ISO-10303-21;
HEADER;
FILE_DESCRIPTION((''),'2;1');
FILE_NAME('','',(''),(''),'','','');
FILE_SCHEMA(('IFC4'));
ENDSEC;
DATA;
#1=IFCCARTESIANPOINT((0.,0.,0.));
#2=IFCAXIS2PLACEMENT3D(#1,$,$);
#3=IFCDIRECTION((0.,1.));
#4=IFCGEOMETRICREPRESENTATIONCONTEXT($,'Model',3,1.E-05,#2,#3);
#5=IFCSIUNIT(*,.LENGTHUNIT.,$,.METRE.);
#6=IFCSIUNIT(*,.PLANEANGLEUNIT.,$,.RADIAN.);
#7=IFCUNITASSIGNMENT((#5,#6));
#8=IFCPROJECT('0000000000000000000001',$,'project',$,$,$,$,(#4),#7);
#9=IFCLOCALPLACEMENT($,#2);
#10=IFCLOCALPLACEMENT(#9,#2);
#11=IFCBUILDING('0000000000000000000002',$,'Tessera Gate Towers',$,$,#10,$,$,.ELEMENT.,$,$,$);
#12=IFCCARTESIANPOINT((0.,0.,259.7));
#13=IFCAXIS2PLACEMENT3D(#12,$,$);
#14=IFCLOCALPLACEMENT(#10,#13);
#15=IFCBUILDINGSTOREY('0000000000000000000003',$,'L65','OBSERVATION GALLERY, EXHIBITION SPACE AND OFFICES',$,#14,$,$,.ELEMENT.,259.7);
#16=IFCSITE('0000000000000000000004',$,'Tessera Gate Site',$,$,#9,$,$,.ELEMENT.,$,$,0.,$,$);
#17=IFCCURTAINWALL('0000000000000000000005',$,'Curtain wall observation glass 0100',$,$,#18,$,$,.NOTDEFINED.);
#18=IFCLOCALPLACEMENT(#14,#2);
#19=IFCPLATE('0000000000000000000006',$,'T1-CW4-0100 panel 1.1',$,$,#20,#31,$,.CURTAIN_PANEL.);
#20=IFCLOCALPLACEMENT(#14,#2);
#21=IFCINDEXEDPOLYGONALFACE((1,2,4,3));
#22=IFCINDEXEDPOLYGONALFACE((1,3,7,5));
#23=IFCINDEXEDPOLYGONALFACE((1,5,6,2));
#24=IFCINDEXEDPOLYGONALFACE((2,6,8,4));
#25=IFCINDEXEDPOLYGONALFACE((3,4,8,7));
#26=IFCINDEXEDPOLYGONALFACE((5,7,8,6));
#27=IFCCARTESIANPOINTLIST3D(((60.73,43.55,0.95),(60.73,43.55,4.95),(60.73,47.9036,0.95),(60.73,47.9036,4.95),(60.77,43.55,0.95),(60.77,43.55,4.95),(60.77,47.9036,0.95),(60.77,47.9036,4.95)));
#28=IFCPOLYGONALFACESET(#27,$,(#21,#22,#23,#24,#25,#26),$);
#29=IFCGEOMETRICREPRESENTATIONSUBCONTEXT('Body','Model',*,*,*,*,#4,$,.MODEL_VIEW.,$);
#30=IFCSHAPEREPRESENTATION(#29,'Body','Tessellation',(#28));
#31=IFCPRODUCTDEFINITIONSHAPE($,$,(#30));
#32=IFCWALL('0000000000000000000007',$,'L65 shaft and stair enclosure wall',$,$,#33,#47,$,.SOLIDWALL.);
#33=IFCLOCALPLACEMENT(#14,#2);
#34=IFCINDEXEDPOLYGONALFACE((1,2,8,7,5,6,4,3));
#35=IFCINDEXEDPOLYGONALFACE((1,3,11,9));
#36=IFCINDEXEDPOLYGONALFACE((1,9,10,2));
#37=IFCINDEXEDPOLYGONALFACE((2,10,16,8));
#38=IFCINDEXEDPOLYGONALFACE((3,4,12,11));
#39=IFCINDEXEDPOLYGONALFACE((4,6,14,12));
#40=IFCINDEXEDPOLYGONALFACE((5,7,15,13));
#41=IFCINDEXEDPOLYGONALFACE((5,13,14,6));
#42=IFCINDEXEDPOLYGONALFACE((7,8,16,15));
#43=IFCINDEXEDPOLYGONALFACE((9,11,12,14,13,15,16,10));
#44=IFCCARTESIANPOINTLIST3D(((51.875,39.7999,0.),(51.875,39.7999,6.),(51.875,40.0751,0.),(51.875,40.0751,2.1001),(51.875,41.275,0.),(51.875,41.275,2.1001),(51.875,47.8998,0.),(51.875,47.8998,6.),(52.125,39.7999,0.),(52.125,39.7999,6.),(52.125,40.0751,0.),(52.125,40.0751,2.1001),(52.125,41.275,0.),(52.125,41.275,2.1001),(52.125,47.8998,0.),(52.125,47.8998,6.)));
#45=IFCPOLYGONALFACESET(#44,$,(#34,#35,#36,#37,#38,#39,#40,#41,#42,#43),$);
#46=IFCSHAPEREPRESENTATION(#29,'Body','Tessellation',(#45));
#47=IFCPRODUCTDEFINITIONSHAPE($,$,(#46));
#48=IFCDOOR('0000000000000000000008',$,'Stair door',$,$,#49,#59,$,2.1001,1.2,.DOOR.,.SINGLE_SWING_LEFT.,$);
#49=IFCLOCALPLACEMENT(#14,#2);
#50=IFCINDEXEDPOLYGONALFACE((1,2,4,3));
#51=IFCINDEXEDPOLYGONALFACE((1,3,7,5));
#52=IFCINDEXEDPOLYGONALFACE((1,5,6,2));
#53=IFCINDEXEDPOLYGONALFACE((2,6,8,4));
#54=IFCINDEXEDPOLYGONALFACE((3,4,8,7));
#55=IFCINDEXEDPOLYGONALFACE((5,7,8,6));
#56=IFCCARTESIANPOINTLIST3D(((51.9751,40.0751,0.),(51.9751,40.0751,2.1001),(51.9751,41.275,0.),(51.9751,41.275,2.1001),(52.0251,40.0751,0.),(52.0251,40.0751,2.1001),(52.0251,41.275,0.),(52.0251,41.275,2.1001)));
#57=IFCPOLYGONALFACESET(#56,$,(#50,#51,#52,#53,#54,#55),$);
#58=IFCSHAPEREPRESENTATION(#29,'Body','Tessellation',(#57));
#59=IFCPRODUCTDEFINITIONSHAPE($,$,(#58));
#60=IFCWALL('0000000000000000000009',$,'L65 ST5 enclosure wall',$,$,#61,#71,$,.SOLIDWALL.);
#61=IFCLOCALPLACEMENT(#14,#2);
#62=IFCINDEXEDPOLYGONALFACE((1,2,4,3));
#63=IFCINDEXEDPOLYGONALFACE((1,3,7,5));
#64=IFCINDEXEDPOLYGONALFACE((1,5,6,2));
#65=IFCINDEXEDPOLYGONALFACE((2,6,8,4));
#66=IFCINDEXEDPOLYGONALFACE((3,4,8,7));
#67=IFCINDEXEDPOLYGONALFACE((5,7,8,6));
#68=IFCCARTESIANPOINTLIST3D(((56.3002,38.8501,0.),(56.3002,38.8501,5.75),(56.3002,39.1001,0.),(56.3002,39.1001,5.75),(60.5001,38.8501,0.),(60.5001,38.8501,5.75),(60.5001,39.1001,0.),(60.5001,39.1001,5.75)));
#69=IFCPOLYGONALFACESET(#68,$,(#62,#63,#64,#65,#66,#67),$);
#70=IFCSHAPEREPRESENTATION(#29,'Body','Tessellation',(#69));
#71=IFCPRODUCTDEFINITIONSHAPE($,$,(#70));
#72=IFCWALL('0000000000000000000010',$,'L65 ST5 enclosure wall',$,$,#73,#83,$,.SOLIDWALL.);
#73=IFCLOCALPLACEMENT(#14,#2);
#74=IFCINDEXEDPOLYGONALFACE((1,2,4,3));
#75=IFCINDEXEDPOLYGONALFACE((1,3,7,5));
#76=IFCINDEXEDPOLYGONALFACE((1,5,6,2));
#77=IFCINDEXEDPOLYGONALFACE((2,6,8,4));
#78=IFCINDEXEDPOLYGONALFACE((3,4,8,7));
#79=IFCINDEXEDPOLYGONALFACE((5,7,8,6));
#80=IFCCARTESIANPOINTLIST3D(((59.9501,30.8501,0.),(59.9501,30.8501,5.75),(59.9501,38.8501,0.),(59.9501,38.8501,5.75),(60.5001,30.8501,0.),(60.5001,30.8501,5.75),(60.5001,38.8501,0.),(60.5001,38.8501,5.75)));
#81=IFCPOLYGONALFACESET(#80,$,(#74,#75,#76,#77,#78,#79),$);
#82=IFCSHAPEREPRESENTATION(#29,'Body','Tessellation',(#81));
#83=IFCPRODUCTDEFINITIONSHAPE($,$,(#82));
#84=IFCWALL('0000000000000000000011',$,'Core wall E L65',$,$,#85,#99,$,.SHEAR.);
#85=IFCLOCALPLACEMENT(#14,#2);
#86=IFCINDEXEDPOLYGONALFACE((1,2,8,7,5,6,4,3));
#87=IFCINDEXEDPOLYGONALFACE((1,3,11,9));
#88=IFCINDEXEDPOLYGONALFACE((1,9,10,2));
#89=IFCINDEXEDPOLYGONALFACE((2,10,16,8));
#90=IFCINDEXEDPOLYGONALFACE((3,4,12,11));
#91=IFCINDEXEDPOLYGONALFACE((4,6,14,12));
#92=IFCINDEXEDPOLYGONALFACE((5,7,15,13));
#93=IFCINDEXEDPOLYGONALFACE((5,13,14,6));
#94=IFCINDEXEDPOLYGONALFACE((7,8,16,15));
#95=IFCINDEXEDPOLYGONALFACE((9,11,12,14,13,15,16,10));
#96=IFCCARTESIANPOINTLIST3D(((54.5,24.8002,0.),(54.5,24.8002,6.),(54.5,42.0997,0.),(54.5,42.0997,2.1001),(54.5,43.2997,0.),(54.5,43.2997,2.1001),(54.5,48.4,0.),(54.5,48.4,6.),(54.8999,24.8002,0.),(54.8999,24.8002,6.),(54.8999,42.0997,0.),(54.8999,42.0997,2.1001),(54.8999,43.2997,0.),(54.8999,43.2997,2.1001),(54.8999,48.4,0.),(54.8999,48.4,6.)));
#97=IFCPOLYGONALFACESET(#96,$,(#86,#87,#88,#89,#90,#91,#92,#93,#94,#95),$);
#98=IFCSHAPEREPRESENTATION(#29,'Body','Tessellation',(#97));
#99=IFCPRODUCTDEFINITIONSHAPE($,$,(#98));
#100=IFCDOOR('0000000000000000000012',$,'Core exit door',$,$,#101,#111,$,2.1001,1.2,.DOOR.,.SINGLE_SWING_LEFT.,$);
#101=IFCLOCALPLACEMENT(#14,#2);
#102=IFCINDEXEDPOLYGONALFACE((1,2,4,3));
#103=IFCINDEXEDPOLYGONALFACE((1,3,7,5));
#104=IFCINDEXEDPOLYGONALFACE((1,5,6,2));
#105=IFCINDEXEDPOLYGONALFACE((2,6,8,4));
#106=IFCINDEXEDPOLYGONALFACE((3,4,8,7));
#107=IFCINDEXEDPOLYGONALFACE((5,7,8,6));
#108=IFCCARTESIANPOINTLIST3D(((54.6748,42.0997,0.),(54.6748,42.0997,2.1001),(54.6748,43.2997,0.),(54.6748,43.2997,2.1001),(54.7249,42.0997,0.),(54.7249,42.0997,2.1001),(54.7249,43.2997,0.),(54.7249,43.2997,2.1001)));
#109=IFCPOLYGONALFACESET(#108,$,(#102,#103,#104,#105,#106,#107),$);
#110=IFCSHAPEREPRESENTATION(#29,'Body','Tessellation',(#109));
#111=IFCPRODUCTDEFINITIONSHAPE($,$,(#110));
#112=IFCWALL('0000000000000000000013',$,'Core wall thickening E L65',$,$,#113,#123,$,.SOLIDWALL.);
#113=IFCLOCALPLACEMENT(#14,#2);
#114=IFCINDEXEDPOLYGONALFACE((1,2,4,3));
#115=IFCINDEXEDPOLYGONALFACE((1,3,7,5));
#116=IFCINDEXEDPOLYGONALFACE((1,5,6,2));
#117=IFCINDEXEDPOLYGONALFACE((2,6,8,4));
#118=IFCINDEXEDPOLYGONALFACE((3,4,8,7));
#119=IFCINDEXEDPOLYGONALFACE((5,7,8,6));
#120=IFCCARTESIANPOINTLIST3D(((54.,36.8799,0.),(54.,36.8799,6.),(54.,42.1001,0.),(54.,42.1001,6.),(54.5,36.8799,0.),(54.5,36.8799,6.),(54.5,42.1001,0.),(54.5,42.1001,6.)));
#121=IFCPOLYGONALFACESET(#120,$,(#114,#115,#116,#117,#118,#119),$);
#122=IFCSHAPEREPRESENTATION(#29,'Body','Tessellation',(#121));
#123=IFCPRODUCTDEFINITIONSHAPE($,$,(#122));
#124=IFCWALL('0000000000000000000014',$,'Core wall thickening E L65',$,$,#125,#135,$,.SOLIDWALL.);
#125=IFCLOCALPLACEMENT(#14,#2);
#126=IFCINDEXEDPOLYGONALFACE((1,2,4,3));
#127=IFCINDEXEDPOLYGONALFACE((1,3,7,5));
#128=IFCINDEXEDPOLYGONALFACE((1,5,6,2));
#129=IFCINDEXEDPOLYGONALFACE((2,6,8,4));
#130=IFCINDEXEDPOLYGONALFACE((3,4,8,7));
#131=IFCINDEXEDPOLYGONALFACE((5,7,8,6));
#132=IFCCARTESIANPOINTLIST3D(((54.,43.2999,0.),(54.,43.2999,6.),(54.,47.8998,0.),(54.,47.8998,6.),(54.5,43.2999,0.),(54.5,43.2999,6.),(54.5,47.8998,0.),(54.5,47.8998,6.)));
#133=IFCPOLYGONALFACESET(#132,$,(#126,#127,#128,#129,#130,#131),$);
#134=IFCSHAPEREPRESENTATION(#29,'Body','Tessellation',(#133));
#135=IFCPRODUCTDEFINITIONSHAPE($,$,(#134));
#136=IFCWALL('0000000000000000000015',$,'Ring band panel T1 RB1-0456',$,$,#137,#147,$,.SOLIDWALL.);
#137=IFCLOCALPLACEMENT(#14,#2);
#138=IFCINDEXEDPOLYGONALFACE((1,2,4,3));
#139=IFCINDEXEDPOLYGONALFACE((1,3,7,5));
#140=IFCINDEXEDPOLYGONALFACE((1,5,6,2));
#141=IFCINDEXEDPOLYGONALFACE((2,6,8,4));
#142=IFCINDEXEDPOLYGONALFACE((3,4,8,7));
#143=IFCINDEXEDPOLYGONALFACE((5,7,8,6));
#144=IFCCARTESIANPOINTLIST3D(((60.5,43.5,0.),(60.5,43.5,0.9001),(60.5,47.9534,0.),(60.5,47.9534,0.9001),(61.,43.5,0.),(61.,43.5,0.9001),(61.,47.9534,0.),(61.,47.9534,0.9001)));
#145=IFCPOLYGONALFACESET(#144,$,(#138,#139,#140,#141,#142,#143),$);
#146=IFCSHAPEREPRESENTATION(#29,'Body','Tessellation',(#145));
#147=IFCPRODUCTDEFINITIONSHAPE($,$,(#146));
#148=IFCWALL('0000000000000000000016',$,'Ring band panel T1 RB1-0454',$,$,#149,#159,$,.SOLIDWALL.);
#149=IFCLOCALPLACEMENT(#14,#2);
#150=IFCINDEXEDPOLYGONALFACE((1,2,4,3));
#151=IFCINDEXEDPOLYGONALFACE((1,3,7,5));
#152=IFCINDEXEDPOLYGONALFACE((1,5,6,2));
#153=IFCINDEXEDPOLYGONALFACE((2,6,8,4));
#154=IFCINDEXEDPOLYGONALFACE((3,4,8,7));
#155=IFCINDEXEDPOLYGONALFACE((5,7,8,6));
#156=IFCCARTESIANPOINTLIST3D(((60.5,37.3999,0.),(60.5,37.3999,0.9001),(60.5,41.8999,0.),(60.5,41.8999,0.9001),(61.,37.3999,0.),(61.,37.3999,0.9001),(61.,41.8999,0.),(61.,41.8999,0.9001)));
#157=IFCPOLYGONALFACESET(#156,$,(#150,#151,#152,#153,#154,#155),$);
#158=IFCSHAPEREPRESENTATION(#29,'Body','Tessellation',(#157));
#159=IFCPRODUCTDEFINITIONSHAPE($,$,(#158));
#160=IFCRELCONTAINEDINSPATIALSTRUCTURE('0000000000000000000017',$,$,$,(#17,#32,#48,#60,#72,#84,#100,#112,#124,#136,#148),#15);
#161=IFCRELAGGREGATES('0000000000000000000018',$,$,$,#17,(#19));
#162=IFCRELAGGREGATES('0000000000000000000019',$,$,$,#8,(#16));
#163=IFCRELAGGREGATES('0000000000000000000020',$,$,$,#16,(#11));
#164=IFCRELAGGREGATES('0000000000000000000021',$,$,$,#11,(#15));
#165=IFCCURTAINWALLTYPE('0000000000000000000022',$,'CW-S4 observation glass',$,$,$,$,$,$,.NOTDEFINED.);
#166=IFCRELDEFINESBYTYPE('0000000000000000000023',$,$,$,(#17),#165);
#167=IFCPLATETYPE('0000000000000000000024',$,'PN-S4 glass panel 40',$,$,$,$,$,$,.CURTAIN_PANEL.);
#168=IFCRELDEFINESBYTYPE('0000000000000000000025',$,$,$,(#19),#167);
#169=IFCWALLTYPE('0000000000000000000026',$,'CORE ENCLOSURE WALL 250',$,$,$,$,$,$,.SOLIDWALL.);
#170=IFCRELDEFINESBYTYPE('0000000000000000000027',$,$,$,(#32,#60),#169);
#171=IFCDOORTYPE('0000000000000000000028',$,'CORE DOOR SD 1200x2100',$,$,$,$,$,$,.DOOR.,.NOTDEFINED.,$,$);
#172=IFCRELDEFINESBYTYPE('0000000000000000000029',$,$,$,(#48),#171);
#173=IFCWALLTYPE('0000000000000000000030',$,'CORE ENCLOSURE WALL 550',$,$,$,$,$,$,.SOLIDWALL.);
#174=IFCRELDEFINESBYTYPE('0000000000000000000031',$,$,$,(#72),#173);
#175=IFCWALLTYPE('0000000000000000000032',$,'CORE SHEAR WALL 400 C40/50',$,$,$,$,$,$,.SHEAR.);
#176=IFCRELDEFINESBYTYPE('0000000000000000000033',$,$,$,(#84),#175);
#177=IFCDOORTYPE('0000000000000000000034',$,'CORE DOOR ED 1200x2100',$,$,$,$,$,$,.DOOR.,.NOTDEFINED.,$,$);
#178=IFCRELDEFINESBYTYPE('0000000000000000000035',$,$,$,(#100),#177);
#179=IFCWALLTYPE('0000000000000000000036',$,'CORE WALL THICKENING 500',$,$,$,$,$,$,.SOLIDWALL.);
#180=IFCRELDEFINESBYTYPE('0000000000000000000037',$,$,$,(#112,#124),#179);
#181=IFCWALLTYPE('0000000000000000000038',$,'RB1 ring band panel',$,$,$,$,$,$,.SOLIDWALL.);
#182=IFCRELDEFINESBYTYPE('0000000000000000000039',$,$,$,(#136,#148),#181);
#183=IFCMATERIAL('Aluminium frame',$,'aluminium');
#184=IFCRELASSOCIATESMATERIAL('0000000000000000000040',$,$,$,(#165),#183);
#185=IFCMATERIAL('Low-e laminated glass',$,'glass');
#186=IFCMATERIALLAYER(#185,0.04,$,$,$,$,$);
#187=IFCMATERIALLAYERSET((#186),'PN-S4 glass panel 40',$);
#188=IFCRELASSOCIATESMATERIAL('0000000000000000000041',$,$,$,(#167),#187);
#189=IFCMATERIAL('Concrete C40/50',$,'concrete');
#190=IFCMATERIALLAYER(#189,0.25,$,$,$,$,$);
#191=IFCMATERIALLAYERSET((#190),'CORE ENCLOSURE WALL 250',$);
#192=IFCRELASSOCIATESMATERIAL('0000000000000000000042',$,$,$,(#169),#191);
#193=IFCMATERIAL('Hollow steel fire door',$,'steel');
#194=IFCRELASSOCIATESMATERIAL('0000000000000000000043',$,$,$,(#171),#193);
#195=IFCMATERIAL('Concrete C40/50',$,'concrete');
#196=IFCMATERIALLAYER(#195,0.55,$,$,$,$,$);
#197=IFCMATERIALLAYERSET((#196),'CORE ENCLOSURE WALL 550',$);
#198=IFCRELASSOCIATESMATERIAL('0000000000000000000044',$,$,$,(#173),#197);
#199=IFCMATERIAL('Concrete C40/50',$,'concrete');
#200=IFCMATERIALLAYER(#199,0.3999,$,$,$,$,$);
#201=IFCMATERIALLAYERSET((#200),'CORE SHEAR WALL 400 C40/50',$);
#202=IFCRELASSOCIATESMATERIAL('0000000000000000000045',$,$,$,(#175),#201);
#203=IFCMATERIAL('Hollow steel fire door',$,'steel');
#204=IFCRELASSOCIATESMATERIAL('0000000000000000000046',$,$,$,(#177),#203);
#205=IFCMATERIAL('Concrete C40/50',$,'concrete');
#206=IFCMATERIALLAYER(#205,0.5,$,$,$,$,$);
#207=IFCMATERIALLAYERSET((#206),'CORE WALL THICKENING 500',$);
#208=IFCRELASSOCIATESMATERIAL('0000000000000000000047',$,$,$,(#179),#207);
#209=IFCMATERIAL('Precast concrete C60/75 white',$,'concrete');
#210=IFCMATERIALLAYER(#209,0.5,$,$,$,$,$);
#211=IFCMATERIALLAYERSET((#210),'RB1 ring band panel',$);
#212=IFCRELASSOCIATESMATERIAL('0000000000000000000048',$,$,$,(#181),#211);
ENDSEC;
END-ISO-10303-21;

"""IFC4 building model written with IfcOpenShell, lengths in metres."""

from ifc_helpers import new_model, si_unit, direction, frame, frame_2d, origin, origin_2d, place, context, subcontext, project, spatial, polyline, rectangle, outline, extrude, source, transform, mapped, material, layer, layer_set, type_object, element, fill, aggregate, save


model = new_model("IFC4")

# Units and contexts
model_context = context("Model", 3, precision=1e-05, world=origin(), true_north=direction((0.0, 1.0)))
body_context = subcontext(model_context, "Body", "Model", "MODEL_VIEW")
ifc_project = project(units=[si_unit("LENGTHUNIT", "METRE"), si_unit("PLANEANGLEUNIT", "RADIAN")], contexts=[model_context])

# Site, building, storey
site_placement = place(None, origin())
site = spatial("IfcSite", under=ifc_project, at=site_placement, Name="Tessera Gate Site", CompositionType="ELEMENT", RefElevation=0.0)
building_placement = place(site_placement, origin())
building = spatial("IfcBuilding", under=site, at=building_placement, Name="Tessera Gate Towers", CompositionType="ELEMENT")
storey_placement = place(building_placement, frame((0.0, 0.0, 259.7)))
storey = spatial("IfcBuildingStorey", under=building, at=storey_placement, Name="L65", Description="OBSERVATION GALLERY, EXHIBITION SPACE AND OFFICES", CompositionType="ELEMENT", Elevation=259.7)

# Curtain wall
ifc_material_1 = material(Name="Aluminium frame", Category="aluminium")
curtain_wall_type = type_object("IfcCurtainWallType", Name="CW-S4 observation glass", PredefinedType="NOTDEFINED", material=ifc_material_1)
curtain_wall_1_placement = place(storey_placement, origin())
curtain_wall_1 = element("IfcCurtainWall", 1, at=curtain_wall_1_placement, inside=storey, type_object=curtain_wall_type, Name="Curtain wall observation glass 0100", PredefinedType="NOTDEFINED")

# Plate
ifc_material_2 = material(Name="Low-e laminated glass", Category="glass")
ifc_layer_1 = layer(ifc_material_2, 0.04)
ifc_layer_set_1 = layer_set([ifc_layer_1], Name="PN-S4 glass panel 40")
plate_type = type_object("IfcPlateType", Name="PN-S4 glass panel 40", PredefinedType="CURTAIN_PANEL", material=ifc_layer_set_1)
plate_1_placement = place(storey_placement, frame((60.75, 45.7268, 0.95), z_axis=(0.0, 0.0, 1.0), x_axis=(0.0, 1.0, 0.0)))
plate_1 = element("IfcPlate", 2, at=plate_1_placement, type_object=plate_type, Name="T1-CW4-0100 panel 1.1", PredefinedType="CURTAIN_PANEL", context=body_context, shape_type="SweptSolid", body=[
    extrude(rectangle(XDim=4.3535, YDim=0.04, at=origin_2d()), origin(), (0.0, 0.0, 1.0), 4.0),
])
aggregate(curtain_wall_1, [plate_1])

# Wall, opening, door
ifc_material_3 = material(Name="Concrete C40/50", Category="concrete")
ifc_layer_2 = layer(ifc_material_3, 0.25)
ifc_layer_set_2 = layer_set([ifc_layer_2], Name="CORE ENCLOSURE WALL 250")
wall_type_1 = type_object("IfcWallType", Name="CORE ENCLOSURE WALL 250", PredefinedType="SOLIDWALL", material=ifc_layer_set_2)
wall_1_placement = place(storey_placement, frame((52.0, 39.8, 0.0), z_axis=(0.0, 0.0, 1.0), x_axis=(0.0, 1.0, 0.0)))
wall_1 = element("IfcWall", 3, at=wall_1_placement, inside=storey, type_object=wall_type_1, Name="L65 shaft and stair enclosure wall", PredefinedType="SOLIDWALL", context=body_context, shape_type="SweptSolid", body=[
    extrude(rectangle(XDim=8.0999, YDim=0.25, at=frame_2d((4.0498, 0.0))), origin(), (0.0, 0.0, 1.0), 6.0),
])
shared_shape_1 = source(origin(), body_context, "Body", "SweptSolid", [
    extrude(rectangle(XDim=1.2, YDim=2.1001, at=frame_2d((0.6001, 1.05))), frame((0.0, 0.135, 0.0), z_axis=(0.0, -1.0, 0.0), x_axis=(1.0, 0.0, 0.0)), (0.0, 0.0, 1.0), 0.27),
])
opening_1_placement = place(wall_1_placement, frame((0.2749, 0.0, 0.0)))
opening_1 = element("IfcOpeningElement", 4, at=opening_1_placement, cuts=wall_1, PredefinedType="OPENING", context=body_context, shape_type="MappedRepresentation", body=[
    mapped(shared_shape_1, transform((0.0, 0.0, 0.0), scale=1.0)),
])
ifc_material_4 = material(Name="Hollow steel fire door", Category="steel")
door_type_1 = type_object("IfcDoorType", Name="CORE DOOR SD 1200x2100", OperationType="NOTDEFINED", PredefinedType="DOOR", material=ifc_material_4)
shared_shape_2 = source(origin(), body_context, "Body", "SweptSolid", [
    extrude(rectangle(XDim=1.2, YDim=2.1001, at=frame_2d((0.6001, 1.05))), frame((0.0, 0.0249, 0.0), z_axis=(0.0, -1.0, 0.0), x_axis=(1.0, 0.0, 0.0)), (0.0, 0.0, 1.0), 0.05),
])
door_1_placement = place(opening_1_placement, origin())
door_1 = element("IfcDoor", 5, at=door_1_placement, inside=storey, type_object=door_type_1, Name="Stair door", OperationType="SINGLE_SWING_LEFT", OverallHeight=2.1001, OverallWidth=1.2, PredefinedType="DOOR", context=body_context, shape_type="MappedRepresentation", body=[
    mapped(shared_shape_2, transform((0.0, 0.0, 0.0), scale=1.0)),
])
fill(opening_1, door_1)

# Walls
wall_2_placement = place(storey_placement, frame((56.3, 38.9751, 0.0), z_axis=(0.0, 0.0, 1.0), x_axis=(1.0, 0.0, 0.0)))
element("IfcWall", 6, at=wall_2_placement, inside=storey, type_object=wall_type_1, Name="L65 ST5 enclosure wall", PredefinedType="SOLIDWALL", context=body_context, shape_type="SweptSolid", body=[
    extrude(rectangle(XDim=4.2, YDim=0.25, at=frame_2d((2.1001, 0.0))), origin(), (0.0, 0.0, 1.0), 5.75),
])
ifc_material_5 = material(Name="Concrete C40/50", Category="concrete")
ifc_layer_3 = layer(ifc_material_5, 0.55)
ifc_layer_set_3 = layer_set([ifc_layer_3], Name="CORE ENCLOSURE WALL 550")
wall_type_2 = type_object("IfcWallType", Name="CORE ENCLOSURE WALL 550", PredefinedType="SOLIDWALL", material=ifc_layer_set_3)
wall_3_placement = place(storey_placement, frame((60.2251, 38.8501, 0.0), z_axis=(0.0, 0.0, 1.0), x_axis=(0.0, -1.0, 0.0)))
element("IfcWall", 7, at=wall_3_placement, inside=storey, type_object=wall_type_2, Name="L65 ST5 enclosure wall", PredefinedType="SOLIDWALL", context=body_context, shape_type="SweptSolid", body=[
    extrude(rectangle(XDim=8.0, YDim=0.55, at=frame_2d((4.0, 0.0))), origin(), (0.0, 0.0, 1.0), 5.75),
])

# Wall, opening, door
ifc_material_6 = material(Name="Concrete C40/50", Category="concrete")
ifc_layer_4 = layer(ifc_material_6, 0.3999)
ifc_layer_set_4 = layer_set([ifc_layer_4], Name="CORE SHEAR WALL 400 C40/50")
wall_type_3 = type_object("IfcWallType", Name="CORE SHEAR WALL 400 C40/50", PredefinedType="SHEAR", material=ifc_layer_set_4)
wall_4_placement = place(storey_placement, frame((54.7, 48.3999, 0.0), z_axis=(0.0, 0.0, 1.0), x_axis=(0.0, -1.0, 0.0)))
wall_4 = element("IfcWall", 8, at=wall_4_placement, inside=storey, type_object=wall_type_3, Name="Core wall E L65", PredefinedType="SHEAR", context=body_context, shape_type="SweptSolid", body=[
    extrude(rectangle(XDim=23.5999, YDim=0.3999, at=frame_2d((11.7998, 0.0))), origin(), (0.0, 0.0, 1.0), 6.0),
])
shared_shape_3 = source(origin(), body_context, "Body", "SweptSolid", [
    extrude(rectangle(XDim=1.2, YDim=2.1001, at=frame_2d((0.6001, 1.05))), frame((0.0, 0.21, 0.0), z_axis=(0.0, -1.0, 0.0), x_axis=(1.0, 0.0, 0.0)), (0.0, 0.0, 1.0), 0.4199),
])
opening_2_placement = place(wall_4_placement, frame((5.1001, 0.0, 0.0)))
opening_2 = element("IfcOpeningElement", 9, at=opening_2_placement, cuts=wall_4, PredefinedType="OPENING", context=body_context, shape_type="MappedRepresentation", body=[
    mapped(shared_shape_3, transform((0.0, 0.0, 0.0), scale=1.0)),
])
ifc_material_7 = material(Name="Hollow steel fire door", Category="steel")
door_type_2 = type_object("IfcDoorType", Name="CORE DOOR ED 1200x2100", OperationType="NOTDEFINED", PredefinedType="DOOR", material=ifc_material_7)
door_2_placement = place(opening_2_placement, origin())
door_2 = element("IfcDoor", 10, at=door_2_placement, inside=storey, type_object=door_type_2, Name="Core exit door", OperationType="SINGLE_SWING_LEFT", OverallHeight=2.1001, OverallWidth=1.2, PredefinedType="DOOR", context=body_context, shape_type="MappedRepresentation", body=[
    mapped(shared_shape_2, transform((0.0, 0.0, 0.0), scale=1.0)),
])
fill(opening_2, door_2)

# Walls
ifc_material_8 = material(Name="Concrete C40/50", Category="concrete")
ifc_layer_5 = layer(ifc_material_8, 0.5)
ifc_layer_set_5 = layer_set([ifc_layer_5], Name="CORE WALL THICKENING 500")
wall_type_4 = type_object("IfcWallType", Name="CORE WALL THICKENING 500", PredefinedType="SOLIDWALL", material=ifc_layer_set_5)
wall_5_placement = place(storey_placement, frame((54.25, 36.8799, 0.0), z_axis=(0.0, 0.0, 1.0), x_axis=(0.0, 1.0, 0.0)))
element("IfcWall", 11, at=wall_5_placement, inside=storey, type_object=wall_type_4, Name="Core wall thickening E L65", PredefinedType="SOLIDWALL", context=body_context, shape_type="SweptSolid", body=[
    extrude(rectangle(XDim=5.2202, YDim=0.5, at=frame_2d((2.6101, 0.0))), origin(), (0.0, 0.0, 1.0), 6.0),
])
wall_6_placement = place(storey_placement, frame((54.25, 43.3, 0.0), z_axis=(0.0, 0.0, 1.0), x_axis=(0.0, 1.0, 0.0)))
element("IfcWall", 12, at=wall_6_placement, inside=storey, type_object=wall_type_4, Name="Core wall thickening E L65", PredefinedType="SOLIDWALL", context=body_context, shape_type="SweptSolid", body=[
    extrude(rectangle(XDim=4.5999, YDim=0.5, at=frame_2d((2.2998, 0.0))), origin(), (0.0, 0.0, 1.0), 6.0),
])
ifc_material_9 = material(Name="Precast concrete C60/75 white", Category="concrete")
ifc_layer_6 = layer(ifc_material_9, 0.5)
ifc_layer_set_6 = layer_set([ifc_layer_6], Name="RB1 ring band panel")
wall_type_5 = type_object("IfcWallType", Name="RB1 ring band panel", PredefinedType="SOLIDWALL", material=ifc_layer_set_6)
shared_shape_4 = source(origin(), body_context, "Body", "SweptSolid", [
    extrude(outline(polyline([(0.0, 0.0), (4.4534, 0.0), (4.4534, 0.9001), (0.0, 0.9001), (0.0, 0.0)])), frame((0.0, 0.25, 0.0), z_axis=(0.0, -1.0, 0.0), x_axis=(1.0, 0.0, 0.0)), (0.0, 0.0, 1.0), 0.5),
])
wall_7_placement = place(storey_placement, frame((60.75, 43.5, 0.0), z_axis=(0.0, 0.0, 1.0), x_axis=(0.0, 1.0, 0.0)))
element("IfcWall", 13, at=wall_7_placement, inside=storey, type_object=wall_type_5, Name="Ring band panel T1 RB1-0456", PredefinedType="SOLIDWALL", context=body_context, shape_type="MappedRepresentation", body=[
    mapped(shared_shape_4, transform((0.0, 0.0, 0.0), scale=1.0)),
])
shared_shape_5 = source(origin(), body_context, "Body", "SweptSolid", [
    extrude(outline(polyline([(0.0, 0.0), (4.5, 0.0), (4.5, 0.9001), (0.0, 0.9001), (0.0, 0.0)])), frame((0.0, 0.25, 0.0), z_axis=(0.0, -1.0, 0.0), x_axis=(1.0, 0.0, 0.0)), (0.0, 0.0, 1.0), 0.5),
])
wall_8_placement = place(storey_placement, frame((60.75, 37.3999, 0.0), z_axis=(0.0, 0.0, 1.0), x_axis=(0.0, 1.0, 0.0)))
element("IfcWall", 14, at=wall_8_placement, inside=storey, type_object=wall_type_5, Name="Ring band panel T1 RB1-0454", PredefinedType="SOLIDWALL", context=body_context, shape_type="MappedRepresentation", body=[
    mapped(shared_shape_5, transform((0.0, 0.0, 0.0), scale=1.0)),
])

save(model, "model.ifc")
